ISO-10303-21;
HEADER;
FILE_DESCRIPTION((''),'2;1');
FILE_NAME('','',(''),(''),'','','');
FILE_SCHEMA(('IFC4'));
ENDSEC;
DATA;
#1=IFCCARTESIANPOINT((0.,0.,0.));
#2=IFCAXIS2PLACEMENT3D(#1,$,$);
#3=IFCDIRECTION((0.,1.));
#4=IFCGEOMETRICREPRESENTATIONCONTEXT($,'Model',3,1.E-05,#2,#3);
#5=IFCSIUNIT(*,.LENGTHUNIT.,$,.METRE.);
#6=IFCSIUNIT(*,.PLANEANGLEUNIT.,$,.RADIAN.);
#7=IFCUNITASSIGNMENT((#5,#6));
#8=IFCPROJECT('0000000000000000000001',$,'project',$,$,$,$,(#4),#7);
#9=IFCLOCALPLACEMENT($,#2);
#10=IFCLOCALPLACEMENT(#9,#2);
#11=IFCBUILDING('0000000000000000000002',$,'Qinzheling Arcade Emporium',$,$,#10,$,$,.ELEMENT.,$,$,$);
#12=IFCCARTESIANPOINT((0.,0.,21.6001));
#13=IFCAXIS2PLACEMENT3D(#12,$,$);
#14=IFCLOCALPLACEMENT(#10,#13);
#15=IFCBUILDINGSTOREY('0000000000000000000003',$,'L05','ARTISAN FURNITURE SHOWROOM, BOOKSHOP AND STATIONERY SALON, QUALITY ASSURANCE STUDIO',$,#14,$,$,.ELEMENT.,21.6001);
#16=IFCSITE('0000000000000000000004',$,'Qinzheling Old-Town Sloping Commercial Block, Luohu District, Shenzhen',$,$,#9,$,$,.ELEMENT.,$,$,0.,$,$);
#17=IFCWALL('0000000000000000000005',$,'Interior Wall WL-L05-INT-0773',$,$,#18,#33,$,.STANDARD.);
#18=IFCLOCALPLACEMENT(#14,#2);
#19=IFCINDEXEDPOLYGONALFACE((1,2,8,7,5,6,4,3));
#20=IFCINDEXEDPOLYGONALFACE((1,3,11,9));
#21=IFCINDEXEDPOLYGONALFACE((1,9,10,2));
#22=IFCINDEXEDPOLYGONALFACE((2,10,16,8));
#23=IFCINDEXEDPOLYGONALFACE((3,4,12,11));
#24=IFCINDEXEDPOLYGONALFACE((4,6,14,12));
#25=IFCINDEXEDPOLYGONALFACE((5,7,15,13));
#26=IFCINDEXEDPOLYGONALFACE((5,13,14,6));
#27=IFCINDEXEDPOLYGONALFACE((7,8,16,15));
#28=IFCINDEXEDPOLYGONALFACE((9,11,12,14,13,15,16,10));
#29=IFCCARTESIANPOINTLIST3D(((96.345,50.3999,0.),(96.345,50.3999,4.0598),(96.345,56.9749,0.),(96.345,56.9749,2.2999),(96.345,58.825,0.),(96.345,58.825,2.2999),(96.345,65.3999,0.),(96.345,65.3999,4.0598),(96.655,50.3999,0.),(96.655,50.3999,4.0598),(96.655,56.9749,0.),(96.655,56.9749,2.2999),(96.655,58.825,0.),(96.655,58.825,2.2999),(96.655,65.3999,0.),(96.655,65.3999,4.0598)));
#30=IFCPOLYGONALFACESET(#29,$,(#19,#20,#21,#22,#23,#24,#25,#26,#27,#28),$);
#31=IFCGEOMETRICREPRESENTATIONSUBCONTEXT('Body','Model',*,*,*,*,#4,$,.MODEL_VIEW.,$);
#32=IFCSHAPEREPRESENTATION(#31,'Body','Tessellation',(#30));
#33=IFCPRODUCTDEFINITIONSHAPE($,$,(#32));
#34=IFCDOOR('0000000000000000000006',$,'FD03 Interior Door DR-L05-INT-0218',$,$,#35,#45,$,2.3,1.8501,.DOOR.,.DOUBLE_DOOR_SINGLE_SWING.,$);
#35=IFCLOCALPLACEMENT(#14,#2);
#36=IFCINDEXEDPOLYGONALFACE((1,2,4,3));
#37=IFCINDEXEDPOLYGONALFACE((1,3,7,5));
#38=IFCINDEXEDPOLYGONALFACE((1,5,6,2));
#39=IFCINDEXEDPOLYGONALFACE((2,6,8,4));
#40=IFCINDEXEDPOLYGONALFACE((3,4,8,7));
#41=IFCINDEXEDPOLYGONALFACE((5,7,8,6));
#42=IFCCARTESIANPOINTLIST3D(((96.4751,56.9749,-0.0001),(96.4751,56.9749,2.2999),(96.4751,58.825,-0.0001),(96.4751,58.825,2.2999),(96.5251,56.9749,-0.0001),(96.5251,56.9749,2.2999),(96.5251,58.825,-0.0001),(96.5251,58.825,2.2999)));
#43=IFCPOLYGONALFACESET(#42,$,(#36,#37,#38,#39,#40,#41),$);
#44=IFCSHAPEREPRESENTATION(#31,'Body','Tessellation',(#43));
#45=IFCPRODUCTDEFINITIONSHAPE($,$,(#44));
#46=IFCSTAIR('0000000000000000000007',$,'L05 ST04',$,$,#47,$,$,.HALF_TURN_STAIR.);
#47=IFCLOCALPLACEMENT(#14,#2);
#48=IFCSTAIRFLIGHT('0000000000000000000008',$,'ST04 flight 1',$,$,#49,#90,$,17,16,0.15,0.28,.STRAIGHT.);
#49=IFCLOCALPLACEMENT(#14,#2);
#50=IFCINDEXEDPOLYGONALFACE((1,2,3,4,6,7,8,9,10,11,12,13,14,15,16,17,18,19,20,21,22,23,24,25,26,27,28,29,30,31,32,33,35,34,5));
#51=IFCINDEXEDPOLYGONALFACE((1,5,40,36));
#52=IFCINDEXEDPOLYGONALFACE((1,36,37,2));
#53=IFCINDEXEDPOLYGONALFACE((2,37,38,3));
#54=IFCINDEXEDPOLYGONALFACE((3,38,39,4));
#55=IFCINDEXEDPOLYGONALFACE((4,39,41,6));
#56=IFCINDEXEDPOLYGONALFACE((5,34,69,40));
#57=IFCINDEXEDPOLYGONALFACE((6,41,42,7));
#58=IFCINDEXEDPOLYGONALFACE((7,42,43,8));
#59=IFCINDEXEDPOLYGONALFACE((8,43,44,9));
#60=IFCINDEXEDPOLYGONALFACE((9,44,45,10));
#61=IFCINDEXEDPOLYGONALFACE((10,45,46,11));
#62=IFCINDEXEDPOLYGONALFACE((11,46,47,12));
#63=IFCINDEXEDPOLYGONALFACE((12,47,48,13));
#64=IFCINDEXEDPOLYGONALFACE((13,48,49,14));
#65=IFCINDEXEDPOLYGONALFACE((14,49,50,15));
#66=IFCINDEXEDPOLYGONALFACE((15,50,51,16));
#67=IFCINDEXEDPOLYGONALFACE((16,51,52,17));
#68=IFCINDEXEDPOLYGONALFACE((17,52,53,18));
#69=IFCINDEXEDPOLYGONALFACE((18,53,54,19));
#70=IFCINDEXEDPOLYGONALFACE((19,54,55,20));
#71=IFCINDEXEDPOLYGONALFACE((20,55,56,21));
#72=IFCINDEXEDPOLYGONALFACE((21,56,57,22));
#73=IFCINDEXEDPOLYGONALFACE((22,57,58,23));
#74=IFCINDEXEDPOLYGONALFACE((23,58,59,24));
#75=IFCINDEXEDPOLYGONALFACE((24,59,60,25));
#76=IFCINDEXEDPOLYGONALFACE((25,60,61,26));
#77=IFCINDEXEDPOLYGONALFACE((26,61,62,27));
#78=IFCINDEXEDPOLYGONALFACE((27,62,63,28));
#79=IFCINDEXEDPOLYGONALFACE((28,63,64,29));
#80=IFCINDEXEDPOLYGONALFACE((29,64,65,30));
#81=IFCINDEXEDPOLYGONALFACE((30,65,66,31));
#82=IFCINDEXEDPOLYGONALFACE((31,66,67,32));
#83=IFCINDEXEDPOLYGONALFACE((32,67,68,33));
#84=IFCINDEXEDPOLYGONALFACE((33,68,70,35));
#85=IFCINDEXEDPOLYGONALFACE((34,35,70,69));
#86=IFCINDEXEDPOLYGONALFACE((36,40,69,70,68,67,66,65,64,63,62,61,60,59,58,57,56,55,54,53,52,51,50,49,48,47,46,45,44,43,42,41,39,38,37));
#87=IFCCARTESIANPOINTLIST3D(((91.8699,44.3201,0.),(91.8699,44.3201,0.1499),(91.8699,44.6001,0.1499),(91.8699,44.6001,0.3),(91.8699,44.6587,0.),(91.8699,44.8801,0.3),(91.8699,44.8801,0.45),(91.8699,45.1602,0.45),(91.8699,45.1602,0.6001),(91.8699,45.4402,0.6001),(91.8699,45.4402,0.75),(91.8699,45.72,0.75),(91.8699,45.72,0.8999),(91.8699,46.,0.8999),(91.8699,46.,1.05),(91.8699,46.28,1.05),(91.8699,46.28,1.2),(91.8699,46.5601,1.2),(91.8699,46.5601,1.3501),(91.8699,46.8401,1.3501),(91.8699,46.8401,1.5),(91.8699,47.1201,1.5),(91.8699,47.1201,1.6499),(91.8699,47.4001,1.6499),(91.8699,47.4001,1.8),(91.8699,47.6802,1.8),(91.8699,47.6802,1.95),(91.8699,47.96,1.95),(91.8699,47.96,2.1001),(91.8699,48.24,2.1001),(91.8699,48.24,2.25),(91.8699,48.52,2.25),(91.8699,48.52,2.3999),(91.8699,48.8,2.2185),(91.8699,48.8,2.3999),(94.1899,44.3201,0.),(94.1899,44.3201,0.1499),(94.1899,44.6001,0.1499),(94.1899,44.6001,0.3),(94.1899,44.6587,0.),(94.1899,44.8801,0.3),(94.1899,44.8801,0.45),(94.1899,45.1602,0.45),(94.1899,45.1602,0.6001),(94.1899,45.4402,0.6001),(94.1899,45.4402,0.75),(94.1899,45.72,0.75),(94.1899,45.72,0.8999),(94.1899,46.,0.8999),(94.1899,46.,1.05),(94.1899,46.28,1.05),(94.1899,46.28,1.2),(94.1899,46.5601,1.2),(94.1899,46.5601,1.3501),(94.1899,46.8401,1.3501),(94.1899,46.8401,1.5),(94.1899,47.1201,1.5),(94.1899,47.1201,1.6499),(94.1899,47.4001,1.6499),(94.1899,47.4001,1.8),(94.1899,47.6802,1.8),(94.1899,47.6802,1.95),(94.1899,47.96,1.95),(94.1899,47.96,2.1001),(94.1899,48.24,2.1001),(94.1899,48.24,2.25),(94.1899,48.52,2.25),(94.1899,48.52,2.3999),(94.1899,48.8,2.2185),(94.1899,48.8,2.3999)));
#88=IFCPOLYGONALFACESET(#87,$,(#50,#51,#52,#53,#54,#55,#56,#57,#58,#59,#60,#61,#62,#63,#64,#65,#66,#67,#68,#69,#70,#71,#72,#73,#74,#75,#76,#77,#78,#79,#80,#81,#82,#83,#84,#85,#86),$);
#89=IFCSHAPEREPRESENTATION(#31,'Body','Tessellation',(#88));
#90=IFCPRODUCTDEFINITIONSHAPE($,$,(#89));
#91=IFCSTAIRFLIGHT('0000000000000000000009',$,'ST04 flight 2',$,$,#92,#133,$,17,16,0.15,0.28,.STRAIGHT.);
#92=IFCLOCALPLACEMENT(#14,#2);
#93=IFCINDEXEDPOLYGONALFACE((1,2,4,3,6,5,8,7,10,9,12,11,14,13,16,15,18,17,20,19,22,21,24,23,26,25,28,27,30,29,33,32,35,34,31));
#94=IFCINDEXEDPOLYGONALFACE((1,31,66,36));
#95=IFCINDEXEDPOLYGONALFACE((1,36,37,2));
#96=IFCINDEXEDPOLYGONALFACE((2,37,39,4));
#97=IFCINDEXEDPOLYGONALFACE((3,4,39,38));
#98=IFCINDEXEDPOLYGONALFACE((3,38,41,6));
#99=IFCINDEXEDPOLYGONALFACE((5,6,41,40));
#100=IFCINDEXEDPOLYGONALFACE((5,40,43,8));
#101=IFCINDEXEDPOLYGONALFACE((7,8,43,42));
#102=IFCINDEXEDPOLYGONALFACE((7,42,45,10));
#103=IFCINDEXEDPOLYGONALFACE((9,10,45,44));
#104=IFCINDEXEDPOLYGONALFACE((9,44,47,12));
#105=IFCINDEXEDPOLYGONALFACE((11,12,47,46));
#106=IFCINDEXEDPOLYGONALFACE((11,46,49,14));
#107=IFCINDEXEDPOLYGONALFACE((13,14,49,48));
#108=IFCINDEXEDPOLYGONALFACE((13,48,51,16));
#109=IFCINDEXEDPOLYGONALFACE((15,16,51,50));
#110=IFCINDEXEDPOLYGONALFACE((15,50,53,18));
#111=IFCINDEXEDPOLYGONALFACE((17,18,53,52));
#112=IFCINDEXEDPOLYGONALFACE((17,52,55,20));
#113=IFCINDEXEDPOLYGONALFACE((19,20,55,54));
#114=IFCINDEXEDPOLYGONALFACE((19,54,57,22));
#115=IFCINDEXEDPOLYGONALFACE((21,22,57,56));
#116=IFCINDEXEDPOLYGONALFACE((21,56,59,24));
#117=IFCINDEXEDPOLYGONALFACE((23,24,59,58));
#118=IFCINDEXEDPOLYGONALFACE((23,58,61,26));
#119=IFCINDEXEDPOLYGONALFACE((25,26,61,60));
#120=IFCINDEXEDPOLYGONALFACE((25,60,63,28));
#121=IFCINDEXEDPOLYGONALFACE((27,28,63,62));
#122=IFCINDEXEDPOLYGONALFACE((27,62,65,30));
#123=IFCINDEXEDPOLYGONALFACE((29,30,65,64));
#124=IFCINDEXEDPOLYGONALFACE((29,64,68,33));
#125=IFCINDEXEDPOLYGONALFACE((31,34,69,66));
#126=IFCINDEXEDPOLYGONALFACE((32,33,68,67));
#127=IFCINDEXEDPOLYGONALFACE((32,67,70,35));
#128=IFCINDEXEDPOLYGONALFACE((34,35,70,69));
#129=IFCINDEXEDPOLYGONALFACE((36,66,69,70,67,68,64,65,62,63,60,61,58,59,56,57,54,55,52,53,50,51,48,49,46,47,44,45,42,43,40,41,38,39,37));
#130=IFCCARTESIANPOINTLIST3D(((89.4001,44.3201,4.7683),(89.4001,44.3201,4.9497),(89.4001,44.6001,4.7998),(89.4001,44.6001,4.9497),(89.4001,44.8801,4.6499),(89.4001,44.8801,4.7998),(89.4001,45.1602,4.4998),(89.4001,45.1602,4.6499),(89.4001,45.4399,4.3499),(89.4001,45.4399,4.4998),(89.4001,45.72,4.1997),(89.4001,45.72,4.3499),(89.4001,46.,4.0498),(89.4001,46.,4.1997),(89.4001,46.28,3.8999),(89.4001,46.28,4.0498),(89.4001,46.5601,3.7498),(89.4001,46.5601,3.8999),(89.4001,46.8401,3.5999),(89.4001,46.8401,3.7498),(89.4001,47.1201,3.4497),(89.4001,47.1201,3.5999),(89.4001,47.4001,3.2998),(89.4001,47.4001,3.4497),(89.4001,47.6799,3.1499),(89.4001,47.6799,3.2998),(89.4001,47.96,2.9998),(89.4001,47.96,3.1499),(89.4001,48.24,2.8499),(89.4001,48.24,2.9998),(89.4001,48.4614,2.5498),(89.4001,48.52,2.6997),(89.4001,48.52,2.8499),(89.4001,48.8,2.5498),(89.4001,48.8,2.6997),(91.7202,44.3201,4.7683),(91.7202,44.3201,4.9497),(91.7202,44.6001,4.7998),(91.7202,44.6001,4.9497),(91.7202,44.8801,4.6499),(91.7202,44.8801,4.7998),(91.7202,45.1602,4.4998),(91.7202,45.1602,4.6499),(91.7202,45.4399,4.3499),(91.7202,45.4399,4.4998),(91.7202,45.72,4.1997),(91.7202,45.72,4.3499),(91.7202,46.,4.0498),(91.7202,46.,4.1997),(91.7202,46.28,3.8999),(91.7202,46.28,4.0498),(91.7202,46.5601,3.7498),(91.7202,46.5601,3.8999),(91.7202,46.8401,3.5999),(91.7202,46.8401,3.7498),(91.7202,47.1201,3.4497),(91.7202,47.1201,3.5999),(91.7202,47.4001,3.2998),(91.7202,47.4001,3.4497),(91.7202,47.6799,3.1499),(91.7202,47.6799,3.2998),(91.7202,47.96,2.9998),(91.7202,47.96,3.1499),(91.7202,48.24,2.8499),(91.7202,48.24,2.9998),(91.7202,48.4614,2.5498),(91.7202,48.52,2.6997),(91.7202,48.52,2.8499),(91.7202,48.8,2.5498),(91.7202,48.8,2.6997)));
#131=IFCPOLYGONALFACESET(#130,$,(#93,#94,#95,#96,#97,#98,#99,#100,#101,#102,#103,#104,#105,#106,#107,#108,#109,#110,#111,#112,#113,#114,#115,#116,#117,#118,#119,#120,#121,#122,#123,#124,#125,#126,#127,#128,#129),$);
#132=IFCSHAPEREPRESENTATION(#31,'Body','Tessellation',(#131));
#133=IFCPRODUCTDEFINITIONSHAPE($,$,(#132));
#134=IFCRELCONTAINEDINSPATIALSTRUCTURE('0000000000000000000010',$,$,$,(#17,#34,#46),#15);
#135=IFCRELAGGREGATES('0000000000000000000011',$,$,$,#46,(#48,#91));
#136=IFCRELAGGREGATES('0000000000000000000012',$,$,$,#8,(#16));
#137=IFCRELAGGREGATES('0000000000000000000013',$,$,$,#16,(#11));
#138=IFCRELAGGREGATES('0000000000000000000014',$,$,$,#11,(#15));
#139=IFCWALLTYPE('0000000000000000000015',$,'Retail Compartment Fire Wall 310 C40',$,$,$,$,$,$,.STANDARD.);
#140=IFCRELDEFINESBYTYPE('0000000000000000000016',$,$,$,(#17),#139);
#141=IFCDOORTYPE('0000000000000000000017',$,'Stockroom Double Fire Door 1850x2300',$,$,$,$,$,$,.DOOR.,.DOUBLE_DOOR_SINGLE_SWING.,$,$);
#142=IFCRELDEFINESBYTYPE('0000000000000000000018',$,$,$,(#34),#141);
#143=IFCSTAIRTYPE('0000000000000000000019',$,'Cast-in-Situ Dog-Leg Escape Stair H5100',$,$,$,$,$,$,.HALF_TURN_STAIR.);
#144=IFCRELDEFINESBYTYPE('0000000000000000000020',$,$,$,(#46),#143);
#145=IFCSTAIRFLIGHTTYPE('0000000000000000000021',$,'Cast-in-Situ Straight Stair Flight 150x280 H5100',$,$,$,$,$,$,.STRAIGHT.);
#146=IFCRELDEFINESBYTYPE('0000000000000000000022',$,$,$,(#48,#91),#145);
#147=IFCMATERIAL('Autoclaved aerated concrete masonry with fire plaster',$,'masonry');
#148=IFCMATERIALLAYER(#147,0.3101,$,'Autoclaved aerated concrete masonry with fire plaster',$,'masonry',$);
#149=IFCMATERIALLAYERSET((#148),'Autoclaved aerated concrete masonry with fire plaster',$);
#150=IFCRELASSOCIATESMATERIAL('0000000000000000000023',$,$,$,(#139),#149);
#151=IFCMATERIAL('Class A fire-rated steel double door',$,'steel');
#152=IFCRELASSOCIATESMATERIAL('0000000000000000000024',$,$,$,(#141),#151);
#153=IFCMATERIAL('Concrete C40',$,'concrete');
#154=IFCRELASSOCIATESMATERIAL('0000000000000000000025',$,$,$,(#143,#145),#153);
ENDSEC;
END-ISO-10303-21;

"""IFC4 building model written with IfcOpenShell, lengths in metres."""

from ifc_helpers import new_model, si_unit, direction, frame, frame_2d, origin, place, context, subcontext, project, spatial, polyline, rectangle, outline, extrude, material, layer, layer_set, type_object, element, fill, aggregate, save


model = new_model("IFC4")

# Units and contexts
model_context = context("Model", 3, precision=1e-05, world=origin(), true_north=direction((0.0, 1.0)))
body_context = subcontext(model_context, "Body", "Model", "MODEL_VIEW")
ifc_project = project(units=[si_unit("LENGTHUNIT", "METRE"), si_unit("PLANEANGLEUNIT", "RADIAN")], contexts=[model_context])

# Site, building, storey
site_placement = place(None, origin())
site = spatial("IfcSite", under=ifc_project, at=site_placement, Name="Qinzheling Old-Town Sloping Commercial Block, Luohu District, Shenzhen", CompositionType="ELEMENT", RefElevation=0.0)
building_placement = place(site_placement, origin())
building = spatial("IfcBuilding", under=site, at=building_placement, Name="Qinzheling Arcade Emporium", CompositionType="ELEMENT")
storey_placement = place(building_placement, frame((0.0, 0.0, 21.6001)))
storey = spatial("IfcBuildingStorey", under=building, at=storey_placement, Name="L05", Description="ARTISAN FURNITURE SHOWROOM, BOOKSHOP AND STATIONERY SALON, QUALITY ASSURANCE STUDIO", CompositionType="ELEMENT", Elevation=21.6001)

# Shared definitions
ifc_material_1 = material(Name="Concrete C40", Category="concrete")

# Shared definitions
ifc_material_2 = material(Name="Autoclaved aerated concrete masonry with fire plaster", Category="masonry")
ifc_layer_1 = layer(ifc_material_2, 0.3101, Name="Autoclaved aerated concrete masonry with fire plaster", Category="masonry")
ifc_layer_set_1 = layer_set([ifc_layer_1], Name="Autoclaved aerated concrete masonry with fire plaster")
wall_type_1 = type_object("IfcWallType", Name="Retail Compartment Fire Wall 310 C40", PredefinedType="STANDARD", material=ifc_layer_set_1)

# Wall, opening, door
wall_1_placement = place(storey_placement, frame((96.5, 50.3999, 0.0), z_axis=(0.0, 0.0, 1.0), x_axis=(0.0, 1.0, 0.0)))
wall_1 = element("IfcWall", 1, at=wall_1_placement, inside=storey, type_object=wall_type_1, Name="Interior Wall WL-L05-INT-0773", PredefinedType="STANDARD", context=body_context, shape_type="SweptSolid", body=[
    extrude(rectangle(XDim=15.0, YDim=0.3101, at=frame_2d((7.5, 0.0))), origin(), (0.0, 0.0, 1.0), 4.0598),
])
opening_1_placement = place(wall_1_placement, frame((6.575, 0.0, 0.0)))
opening_1 = element("IfcOpeningElement", 2, at=opening_1_placement, cuts=wall_1, PredefinedType="OPENING", context=body_context, shape_type="SweptSolid", body=[
    extrude(rectangle(XDim=1.8501, YDim=2.3, at=frame_2d((0.925, 1.1499))), frame((0.0, 0.165, 0.0), z_axis=(0.0, -1.0, 0.0), x_axis=(1.0, 0.0, 0.0)), (0.0, 0.0, 1.0), 0.3301),
])
ifc_material_3 = material(Name="Class A fire-rated steel double door", Category="steel")
door_type_1 = type_object("IfcDoorType", Name="Stockroom Double Fire Door 1850x2300", OperationType="DOUBLE_DOOR_SINGLE_SWING", PredefinedType="DOOR", material=ifc_material_3)
door_1_placement = place(opening_1_placement, origin())
door_1 = element("IfcDoor", 3, at=door_1_placement, inside=storey, type_object=door_type_1, Name="FD03 Interior Door DR-L05-INT-0218", OperationType="DOUBLE_DOOR_SINGLE_SWING", OverallHeight=2.3, OverallWidth=1.8501, PredefinedType="DOOR", context=body_context, shape_type="SweptSolid", body=[
    extrude(rectangle(XDim=1.8501, YDim=2.3, at=frame_2d((0.925, 1.1499))), frame((0.0, 0.0249, 0.0), z_axis=(0.0, -1.0, 0.0), x_axis=(1.0, 0.0, 0.0)), (0.0, 0.0, 1.0), 0.05),
])
fill(opening_1, door_1)

# Stair, stair flights
stair_type = type_object("IfcStairType", Name="Cast-in-Situ Dog-Leg Escape Stair H5100", PredefinedType="HALF_TURN_STAIR", material=ifc_material_1)
stair_placement = place(storey_placement, origin())
stair = element("IfcStair", 4, at=stair_placement, inside=storey, type_object=stair_type, Name="L05 ST04", PredefinedType="HALF_TURN_STAIR")
stair_flight_type = type_object("IfcStairFlightType", Name="Cast-in-Situ Straight Stair Flight 150x280 H5100", PredefinedType="STRAIGHT", material=ifc_material_1)
stair_flight_1_placement = place(storey_placement, frame((93.03, 44.3201, 0.0), z_axis=(0.0, 0.0, 1.0), x_axis=(0.0, 1.0, 0.0)))
stair_flight_1 = element("IfcStairFlight", 5, at=stair_flight_1_placement, type_object=stair_flight_type, Name="ST04 flight 1", NumberOfRisers=17, NumberOfTreads=16, PredefinedType="STRAIGHT", RiserHeight=0.15, TreadLength=0.28, context=body_context, shape_type="SweptSolid", body=[
    extrude(outline(polyline([(0.0, 0.0), (0.0, 0.1499), (0.28, 0.1499), (0.28, 0.3), (0.5601, 0.3), (0.5601, 0.45), (0.8401, 0.45), (0.8401, 0.6001), (1.1201, 0.6001), (1.1201, 0.75), (1.3999, 0.75), (1.3999, 0.8999), (1.6799, 0.8999), (1.6799, 1.05), (1.96, 1.05), (1.96, 1.2), (2.24, 1.2), (2.24, 1.3501), (2.52, 1.3501), (2.52, 1.5), (2.8, 1.5), (2.8, 1.6499), (3.0801, 1.6499), (3.0801, 1.8), (3.3601, 1.8), (3.3601, 1.95), (3.6399, 1.95), (3.6399, 2.1001), (3.9199, 2.1001), (3.9199, 2.25), (4.2, 2.25), (4.2, 2.3999), (4.48, 2.3999), (4.48, 2.55), (4.48, 2.2185), (0.3386, 0.0), (0.0, 0.0)])), frame((0.0, 1.1602, 0.0), z_axis=(0.0, -1.0, 0.0), x_axis=(1.0, 0.0, 0.0)), (0.0, 0.0, 1.0), 2.3201),
])
stair_flight_2_placement = place(storey_placement, frame((90.5601, 48.8, 2.5498), z_axis=(0.0, 0.0, 1.0), x_axis=(0.0, -1.0, 0.0)))
stair_flight_2 = element("IfcStairFlight", 6, at=stair_flight_2_placement, type_object=stair_flight_type, Name="ST04 flight 2", NumberOfRisers=17, NumberOfTreads=16, PredefinedType="STRAIGHT", RiserHeight=0.15, TreadLength=0.28, context=body_context, shape_type="SweptSolid", body=[
    extrude(outline(polyline([(0.0, 0.0), (0.0, 0.1499), (0.28, 0.1499), (0.28, 0.3), (0.5601, 0.3), (0.5601, 0.45), (0.8401, 0.45), (0.8401, 0.6001), (1.1201, 0.6001), (1.1201, 0.75), (1.3999, 0.75), (1.3999, 0.8999), (1.6799, 0.8999), (1.6799, 1.05), (1.96, 1.05), (1.96, 1.2), (2.24, 1.2), (2.24, 1.3501), (2.52, 1.3501), (2.52, 1.5), (2.8, 1.5), (2.8, 1.6499), (3.0801, 1.6499), (3.0801, 1.8), (3.3601, 1.8), (3.3601, 1.95), (3.6399, 1.95), (3.6399, 2.1001), (3.9199, 2.1001), (3.9199, 2.25), (4.2, 2.25), (4.2, 2.3999), (4.48, 2.3999), (4.48, 2.55), (4.48, 2.2185), (0.3386, 0.0), (0.0, 0.0)])), frame((0.0, 1.1602, 0.0), z_axis=(0.0, -1.0, 0.0), x_axis=(1.0, 0.0, 0.0)), (0.0, 0.0, 1.0), 2.3201),
])
aggregate(stair, [stair_flight_1, stair_flight_2])

save(model, "model.ifc")
